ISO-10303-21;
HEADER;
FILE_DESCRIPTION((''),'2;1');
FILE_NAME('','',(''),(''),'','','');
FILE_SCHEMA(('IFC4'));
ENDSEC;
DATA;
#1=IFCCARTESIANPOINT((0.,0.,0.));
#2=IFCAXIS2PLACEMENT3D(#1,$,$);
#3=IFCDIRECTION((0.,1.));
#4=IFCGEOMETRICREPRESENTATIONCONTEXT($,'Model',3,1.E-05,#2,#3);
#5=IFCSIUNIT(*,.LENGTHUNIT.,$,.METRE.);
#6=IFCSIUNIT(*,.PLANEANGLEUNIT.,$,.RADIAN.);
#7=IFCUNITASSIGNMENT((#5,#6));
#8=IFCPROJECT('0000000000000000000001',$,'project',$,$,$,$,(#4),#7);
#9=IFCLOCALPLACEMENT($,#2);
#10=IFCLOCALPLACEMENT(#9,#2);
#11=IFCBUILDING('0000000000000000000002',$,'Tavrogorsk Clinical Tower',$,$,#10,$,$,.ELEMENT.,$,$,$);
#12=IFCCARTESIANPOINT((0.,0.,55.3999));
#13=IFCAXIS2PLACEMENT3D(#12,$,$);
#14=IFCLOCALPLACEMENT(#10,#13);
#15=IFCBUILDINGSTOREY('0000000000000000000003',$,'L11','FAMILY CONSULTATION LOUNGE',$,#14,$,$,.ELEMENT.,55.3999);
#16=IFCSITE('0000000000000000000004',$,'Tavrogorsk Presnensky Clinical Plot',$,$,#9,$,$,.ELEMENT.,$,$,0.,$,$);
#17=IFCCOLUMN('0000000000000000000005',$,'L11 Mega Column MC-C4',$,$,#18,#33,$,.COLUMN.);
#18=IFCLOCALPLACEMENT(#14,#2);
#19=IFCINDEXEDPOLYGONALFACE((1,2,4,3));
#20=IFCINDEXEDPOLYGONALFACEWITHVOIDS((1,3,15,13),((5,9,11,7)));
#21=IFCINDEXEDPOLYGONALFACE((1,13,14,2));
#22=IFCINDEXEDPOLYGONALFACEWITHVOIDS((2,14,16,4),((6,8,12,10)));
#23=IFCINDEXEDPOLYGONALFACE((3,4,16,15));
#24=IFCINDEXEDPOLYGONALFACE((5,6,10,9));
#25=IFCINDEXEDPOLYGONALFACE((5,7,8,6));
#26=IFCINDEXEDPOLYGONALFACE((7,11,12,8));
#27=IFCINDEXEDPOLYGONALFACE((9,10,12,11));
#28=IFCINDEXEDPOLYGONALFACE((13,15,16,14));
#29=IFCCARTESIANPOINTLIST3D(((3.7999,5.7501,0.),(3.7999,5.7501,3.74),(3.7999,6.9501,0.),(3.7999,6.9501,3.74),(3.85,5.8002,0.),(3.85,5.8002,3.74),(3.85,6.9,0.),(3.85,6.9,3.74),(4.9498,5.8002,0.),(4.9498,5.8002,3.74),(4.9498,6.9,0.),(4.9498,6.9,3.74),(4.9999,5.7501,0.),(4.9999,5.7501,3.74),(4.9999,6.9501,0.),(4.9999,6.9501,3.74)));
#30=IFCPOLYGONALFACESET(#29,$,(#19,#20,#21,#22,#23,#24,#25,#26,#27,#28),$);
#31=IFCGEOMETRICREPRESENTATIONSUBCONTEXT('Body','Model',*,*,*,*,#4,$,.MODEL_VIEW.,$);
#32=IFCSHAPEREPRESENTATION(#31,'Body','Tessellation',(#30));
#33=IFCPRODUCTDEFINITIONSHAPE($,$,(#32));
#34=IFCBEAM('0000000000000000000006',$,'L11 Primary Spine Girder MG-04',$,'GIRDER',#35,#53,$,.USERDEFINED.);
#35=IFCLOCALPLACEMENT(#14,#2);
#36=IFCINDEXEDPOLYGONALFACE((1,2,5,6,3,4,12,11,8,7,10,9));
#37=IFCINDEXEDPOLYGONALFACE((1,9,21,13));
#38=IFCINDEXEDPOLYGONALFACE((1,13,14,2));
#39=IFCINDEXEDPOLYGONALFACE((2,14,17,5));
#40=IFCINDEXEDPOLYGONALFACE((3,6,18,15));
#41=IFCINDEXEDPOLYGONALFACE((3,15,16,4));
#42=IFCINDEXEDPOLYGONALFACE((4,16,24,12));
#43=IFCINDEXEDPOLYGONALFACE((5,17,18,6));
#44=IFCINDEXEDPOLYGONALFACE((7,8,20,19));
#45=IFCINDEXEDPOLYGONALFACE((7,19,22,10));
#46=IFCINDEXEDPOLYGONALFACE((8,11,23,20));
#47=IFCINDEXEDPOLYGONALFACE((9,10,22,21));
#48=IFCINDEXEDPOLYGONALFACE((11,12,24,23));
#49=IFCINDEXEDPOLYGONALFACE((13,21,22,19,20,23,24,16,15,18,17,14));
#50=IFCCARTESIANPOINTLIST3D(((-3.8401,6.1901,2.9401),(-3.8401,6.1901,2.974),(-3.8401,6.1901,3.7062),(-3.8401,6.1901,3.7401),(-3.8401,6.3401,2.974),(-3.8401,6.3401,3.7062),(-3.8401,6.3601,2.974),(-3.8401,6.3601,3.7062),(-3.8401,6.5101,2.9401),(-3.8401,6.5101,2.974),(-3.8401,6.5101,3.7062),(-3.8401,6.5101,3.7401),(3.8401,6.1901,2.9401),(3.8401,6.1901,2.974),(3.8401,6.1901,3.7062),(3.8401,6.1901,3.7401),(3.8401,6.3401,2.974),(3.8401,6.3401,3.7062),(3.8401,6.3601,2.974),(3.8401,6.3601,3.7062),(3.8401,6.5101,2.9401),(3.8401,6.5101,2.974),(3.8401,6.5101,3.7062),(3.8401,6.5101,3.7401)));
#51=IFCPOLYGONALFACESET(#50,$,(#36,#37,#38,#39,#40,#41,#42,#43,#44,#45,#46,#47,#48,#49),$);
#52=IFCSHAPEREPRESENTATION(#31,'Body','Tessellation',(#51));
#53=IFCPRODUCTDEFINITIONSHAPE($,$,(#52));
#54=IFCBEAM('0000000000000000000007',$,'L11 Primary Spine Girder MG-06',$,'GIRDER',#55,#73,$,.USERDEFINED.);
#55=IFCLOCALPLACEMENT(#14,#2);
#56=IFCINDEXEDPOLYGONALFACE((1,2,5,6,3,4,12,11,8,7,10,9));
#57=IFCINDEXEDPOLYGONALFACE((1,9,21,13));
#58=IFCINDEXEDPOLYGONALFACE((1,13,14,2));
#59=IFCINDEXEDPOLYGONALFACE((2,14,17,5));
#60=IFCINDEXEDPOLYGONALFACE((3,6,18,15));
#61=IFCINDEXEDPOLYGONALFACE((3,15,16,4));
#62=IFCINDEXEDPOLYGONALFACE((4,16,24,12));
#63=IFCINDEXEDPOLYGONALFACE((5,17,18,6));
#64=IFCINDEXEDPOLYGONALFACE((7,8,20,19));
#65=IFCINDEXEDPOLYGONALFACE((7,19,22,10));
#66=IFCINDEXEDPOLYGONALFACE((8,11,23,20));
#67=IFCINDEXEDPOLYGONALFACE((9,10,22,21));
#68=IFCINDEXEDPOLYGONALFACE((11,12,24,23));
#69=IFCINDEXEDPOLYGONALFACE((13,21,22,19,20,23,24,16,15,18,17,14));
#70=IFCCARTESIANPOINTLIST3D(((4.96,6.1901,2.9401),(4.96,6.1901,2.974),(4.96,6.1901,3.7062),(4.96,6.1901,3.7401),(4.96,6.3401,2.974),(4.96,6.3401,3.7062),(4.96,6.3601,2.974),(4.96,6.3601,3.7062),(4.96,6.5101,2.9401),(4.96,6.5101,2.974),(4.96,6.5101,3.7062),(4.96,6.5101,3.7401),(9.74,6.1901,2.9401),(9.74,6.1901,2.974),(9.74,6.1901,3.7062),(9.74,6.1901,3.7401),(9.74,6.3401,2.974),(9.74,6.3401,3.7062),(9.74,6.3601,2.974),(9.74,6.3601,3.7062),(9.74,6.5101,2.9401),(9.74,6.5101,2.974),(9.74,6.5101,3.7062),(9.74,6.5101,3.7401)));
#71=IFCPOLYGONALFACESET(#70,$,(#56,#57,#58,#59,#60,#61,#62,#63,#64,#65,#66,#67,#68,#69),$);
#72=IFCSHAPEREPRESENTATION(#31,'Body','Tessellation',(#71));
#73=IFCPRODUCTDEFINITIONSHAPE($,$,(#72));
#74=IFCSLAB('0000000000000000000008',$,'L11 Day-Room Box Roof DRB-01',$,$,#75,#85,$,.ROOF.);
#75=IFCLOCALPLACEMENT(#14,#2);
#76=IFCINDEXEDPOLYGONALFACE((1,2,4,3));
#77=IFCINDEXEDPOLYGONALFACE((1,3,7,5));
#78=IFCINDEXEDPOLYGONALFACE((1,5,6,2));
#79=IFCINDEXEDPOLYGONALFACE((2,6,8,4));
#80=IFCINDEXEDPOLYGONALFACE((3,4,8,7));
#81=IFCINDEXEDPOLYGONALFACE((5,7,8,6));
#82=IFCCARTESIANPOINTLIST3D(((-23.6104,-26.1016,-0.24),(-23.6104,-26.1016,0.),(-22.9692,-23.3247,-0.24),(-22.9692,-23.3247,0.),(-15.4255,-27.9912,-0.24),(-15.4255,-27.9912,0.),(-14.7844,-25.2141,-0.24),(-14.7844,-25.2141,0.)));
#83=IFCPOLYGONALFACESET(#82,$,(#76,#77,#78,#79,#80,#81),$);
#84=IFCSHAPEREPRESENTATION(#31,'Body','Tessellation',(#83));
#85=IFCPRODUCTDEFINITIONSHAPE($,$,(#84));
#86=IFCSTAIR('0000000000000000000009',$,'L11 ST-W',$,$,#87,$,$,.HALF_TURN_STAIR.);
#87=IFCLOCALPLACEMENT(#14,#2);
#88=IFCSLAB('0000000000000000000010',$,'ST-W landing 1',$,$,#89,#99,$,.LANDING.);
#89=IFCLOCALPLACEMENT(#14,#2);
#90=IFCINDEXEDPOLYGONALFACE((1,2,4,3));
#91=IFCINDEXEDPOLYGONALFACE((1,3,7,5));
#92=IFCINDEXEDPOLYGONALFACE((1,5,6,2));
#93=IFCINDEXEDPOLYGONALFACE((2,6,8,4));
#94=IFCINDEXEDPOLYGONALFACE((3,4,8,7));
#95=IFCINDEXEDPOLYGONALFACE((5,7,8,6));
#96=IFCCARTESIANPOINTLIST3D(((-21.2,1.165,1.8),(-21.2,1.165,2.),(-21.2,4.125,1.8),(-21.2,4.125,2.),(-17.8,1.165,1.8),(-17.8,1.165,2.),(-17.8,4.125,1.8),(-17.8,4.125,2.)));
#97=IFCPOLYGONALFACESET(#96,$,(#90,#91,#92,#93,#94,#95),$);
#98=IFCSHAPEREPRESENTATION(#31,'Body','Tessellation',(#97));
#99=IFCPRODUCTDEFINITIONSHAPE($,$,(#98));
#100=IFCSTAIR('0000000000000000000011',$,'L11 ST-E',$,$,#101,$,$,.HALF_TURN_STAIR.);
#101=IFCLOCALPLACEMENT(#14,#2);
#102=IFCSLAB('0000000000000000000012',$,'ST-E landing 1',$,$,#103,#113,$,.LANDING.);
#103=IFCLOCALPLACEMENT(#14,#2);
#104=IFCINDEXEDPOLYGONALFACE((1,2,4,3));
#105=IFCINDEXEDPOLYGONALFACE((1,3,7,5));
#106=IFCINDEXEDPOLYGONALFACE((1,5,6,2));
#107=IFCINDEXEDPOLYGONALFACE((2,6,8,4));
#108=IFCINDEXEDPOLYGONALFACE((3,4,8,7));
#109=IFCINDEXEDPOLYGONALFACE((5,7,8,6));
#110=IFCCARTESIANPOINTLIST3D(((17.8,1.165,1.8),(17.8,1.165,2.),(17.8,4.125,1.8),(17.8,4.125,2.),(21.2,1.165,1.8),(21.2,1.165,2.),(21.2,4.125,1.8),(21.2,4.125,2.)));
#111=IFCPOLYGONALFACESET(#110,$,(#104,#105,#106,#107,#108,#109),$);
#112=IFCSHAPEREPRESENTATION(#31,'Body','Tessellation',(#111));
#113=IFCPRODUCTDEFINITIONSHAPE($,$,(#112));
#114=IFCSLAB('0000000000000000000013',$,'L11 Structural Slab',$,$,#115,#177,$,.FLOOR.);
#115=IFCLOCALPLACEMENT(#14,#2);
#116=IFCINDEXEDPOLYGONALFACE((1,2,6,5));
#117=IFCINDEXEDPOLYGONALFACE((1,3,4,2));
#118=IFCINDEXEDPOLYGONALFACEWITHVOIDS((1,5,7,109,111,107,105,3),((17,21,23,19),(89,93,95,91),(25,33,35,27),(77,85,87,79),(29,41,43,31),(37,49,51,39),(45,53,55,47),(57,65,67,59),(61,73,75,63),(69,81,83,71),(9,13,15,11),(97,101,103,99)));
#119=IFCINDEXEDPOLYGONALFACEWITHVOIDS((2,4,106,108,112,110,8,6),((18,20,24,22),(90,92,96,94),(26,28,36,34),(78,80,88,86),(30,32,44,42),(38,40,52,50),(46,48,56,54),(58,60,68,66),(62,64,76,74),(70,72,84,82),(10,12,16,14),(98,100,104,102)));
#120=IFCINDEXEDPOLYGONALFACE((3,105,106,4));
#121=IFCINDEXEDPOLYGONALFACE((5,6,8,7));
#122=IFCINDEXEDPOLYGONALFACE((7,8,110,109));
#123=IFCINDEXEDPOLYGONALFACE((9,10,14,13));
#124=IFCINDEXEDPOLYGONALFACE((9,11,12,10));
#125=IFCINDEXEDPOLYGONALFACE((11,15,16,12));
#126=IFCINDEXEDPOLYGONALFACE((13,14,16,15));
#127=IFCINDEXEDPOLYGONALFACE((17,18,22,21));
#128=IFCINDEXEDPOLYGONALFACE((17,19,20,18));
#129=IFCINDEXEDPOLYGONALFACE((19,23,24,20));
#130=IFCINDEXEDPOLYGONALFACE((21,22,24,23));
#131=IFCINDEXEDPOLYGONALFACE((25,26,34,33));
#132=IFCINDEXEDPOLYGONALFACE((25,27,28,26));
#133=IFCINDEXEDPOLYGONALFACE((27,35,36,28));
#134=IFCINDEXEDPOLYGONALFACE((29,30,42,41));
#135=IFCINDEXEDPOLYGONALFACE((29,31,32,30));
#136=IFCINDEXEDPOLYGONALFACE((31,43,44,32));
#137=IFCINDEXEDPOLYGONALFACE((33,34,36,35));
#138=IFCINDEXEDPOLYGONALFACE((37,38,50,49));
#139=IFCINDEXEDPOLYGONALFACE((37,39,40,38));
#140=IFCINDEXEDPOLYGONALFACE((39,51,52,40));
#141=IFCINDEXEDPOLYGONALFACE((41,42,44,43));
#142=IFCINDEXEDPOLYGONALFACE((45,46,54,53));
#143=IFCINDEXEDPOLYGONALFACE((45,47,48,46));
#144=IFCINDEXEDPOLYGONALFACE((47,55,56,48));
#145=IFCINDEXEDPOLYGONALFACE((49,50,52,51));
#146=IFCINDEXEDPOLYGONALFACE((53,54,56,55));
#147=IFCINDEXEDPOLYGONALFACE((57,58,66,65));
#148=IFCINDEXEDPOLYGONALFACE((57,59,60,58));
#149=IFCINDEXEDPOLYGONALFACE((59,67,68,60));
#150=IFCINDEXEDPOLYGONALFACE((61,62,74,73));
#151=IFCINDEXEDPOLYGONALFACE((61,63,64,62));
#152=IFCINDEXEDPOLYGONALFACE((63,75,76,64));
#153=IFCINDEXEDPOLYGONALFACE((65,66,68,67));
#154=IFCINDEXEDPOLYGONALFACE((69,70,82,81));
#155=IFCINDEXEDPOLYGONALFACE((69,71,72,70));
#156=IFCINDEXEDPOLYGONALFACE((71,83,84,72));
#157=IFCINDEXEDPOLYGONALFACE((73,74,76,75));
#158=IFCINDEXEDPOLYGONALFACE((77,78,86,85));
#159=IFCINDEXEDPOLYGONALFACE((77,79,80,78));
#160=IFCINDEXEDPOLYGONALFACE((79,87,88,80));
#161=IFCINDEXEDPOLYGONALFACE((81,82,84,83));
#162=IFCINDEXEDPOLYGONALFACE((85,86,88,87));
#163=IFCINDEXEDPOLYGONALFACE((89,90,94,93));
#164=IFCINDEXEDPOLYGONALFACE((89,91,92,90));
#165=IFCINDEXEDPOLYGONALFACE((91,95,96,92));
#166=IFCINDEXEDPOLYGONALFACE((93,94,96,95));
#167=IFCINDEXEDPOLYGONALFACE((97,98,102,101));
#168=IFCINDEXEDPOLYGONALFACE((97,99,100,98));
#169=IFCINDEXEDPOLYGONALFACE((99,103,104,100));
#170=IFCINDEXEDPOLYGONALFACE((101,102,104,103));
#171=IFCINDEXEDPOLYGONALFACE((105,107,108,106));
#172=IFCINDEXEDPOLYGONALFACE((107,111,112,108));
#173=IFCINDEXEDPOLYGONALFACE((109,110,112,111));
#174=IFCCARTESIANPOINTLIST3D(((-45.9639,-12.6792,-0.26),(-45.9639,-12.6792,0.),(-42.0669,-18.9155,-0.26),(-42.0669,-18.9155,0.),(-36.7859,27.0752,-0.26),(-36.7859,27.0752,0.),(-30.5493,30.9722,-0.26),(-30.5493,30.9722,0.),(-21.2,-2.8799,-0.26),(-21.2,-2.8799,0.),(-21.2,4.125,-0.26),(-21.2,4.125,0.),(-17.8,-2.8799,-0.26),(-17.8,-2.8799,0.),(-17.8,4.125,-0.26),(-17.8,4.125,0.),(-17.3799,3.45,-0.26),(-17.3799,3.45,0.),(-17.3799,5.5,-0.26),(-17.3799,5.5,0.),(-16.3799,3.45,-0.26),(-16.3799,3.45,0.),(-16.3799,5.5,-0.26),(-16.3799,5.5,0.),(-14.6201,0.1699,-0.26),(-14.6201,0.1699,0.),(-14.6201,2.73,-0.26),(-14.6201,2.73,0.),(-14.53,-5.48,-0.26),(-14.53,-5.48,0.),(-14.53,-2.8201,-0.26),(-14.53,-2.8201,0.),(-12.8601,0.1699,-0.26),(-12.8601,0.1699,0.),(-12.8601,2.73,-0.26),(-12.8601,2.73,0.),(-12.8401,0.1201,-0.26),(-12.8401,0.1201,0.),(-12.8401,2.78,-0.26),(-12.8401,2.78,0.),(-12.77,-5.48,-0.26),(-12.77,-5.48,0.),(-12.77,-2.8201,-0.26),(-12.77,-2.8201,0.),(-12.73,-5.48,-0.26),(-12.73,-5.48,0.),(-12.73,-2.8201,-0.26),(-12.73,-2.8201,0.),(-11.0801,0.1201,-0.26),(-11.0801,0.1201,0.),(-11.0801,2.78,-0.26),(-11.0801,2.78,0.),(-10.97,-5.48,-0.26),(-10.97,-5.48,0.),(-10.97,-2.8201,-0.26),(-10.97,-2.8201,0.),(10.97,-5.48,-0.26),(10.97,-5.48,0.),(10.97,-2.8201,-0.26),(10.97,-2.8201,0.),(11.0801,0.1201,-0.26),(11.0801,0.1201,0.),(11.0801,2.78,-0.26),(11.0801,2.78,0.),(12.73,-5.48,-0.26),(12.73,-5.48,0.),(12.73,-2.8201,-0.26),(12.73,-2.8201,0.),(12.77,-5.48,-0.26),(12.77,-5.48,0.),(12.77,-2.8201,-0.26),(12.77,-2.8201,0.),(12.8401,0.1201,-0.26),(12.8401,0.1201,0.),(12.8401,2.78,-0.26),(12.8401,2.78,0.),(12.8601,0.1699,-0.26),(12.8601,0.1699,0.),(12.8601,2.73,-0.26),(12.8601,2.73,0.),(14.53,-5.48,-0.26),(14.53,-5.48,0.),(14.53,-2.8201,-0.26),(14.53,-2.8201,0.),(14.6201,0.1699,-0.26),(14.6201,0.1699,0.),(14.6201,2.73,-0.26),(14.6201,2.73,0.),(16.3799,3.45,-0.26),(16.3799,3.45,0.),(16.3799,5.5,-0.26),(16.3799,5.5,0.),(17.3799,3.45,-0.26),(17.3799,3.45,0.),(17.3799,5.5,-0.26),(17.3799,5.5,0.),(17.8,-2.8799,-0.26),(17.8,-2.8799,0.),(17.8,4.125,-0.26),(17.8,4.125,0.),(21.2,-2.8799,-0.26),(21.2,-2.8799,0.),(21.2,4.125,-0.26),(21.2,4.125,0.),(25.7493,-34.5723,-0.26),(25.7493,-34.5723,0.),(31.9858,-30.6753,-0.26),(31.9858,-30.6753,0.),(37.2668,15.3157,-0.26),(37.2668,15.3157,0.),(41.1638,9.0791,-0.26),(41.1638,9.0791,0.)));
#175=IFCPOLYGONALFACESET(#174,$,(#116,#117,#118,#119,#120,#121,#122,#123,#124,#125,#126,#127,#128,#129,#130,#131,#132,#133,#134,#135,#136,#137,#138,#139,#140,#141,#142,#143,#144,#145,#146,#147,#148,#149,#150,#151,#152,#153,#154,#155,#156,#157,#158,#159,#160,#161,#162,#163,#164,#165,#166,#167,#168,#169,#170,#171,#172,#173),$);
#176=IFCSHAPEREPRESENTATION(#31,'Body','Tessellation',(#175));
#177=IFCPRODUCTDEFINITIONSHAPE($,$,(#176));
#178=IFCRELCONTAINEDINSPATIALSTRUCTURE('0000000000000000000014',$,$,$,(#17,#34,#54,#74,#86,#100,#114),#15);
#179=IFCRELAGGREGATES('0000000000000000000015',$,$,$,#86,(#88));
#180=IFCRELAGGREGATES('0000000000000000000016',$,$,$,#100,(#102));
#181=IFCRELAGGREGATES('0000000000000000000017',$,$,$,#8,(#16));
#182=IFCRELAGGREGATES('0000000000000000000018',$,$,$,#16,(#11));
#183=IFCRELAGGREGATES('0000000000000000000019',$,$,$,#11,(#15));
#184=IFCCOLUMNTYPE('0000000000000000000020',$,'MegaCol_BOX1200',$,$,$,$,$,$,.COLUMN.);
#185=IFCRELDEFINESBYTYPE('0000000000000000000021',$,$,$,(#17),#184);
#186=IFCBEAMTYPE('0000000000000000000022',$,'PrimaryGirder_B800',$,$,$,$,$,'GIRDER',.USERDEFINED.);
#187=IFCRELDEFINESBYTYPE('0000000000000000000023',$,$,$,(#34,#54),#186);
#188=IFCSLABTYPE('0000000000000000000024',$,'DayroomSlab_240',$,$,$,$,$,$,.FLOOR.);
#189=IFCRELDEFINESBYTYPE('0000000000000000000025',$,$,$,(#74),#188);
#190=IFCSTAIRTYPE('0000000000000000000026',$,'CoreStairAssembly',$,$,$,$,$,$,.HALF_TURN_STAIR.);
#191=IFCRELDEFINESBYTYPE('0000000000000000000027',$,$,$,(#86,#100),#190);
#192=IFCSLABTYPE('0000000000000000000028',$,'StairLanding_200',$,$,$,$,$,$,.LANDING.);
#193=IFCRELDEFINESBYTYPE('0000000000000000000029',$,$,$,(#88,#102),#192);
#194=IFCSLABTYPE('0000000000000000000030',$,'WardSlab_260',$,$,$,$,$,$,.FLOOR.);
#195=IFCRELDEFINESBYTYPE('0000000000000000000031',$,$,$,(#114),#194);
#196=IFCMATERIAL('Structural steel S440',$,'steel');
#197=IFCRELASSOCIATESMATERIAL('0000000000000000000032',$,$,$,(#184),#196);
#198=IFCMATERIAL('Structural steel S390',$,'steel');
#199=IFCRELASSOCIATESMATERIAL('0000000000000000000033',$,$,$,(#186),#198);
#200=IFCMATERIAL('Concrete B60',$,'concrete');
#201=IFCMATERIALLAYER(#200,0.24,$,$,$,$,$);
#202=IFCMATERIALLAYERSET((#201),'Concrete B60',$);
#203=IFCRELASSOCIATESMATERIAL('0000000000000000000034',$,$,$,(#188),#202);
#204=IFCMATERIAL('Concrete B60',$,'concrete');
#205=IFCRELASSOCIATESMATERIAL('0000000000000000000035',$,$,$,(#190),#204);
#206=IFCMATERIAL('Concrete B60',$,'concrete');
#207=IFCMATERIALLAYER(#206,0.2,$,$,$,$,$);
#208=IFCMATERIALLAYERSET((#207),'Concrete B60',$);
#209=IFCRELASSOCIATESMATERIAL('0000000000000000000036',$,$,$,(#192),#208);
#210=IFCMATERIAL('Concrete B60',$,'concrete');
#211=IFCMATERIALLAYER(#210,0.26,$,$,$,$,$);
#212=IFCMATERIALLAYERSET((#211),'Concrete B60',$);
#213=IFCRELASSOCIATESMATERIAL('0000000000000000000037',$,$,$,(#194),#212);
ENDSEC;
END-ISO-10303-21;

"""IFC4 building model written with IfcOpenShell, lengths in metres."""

from ifc_helpers import new_model, si_unit, direction, frame, origin, origin_2d, place, context, subcontext, project, spatial, polyline, hollow_rectangle, i_section, outline, extrude, material, layer, layer_set, material_profile, profile_set, type_object, element, aggregate, save


model = new_model("IFC4")

# Units and contexts
model_context = context("Model", 3, precision=1e-05, world=origin(), true_north=direction((0.0, 1.0)))
body_context = subcontext(model_context, "Body", "Model", "MODEL_VIEW")
ifc_project = project(units=[si_unit("LENGTHUNIT", "METRE"), si_unit("PLANEANGLEUNIT", "RADIAN")], contexts=[model_context])

# Site, building, storey
site_placement = place(None, origin())
site = spatial("IfcSite", under=ifc_project, at=site_placement, Name="Tavrogorsk Presnensky Clinical Plot", CompositionType="ELEMENT", RefElevation=0.0)
building_placement = place(site_placement, origin())
building = spatial("IfcBuilding", under=site, at=building_placement, Name="Tavrogorsk Clinical Tower", CompositionType="ELEMENT")
storey_placement = place(building_placement, frame((0.0, 0.0, 55.3999)))
storey = spatial("IfcBuildingStorey", under=building, at=storey_placement, Name="L11", Description="FAMILY CONSULTATION LOUNGE", CompositionType="ELEMENT", Elevation=55.3999)

# Column
ifc_material_1 = material(Name="Structural steel S440", Category="steel")
ifc_material_profile_1 = material_profile(ifc_material_1, hollow_rectangle(XDim=1.2, YDim=1.2, WallThickness=0.05, at=origin_2d()), Name="BOX-1200x1200x50")
ifc_profile_set_1 = profile_set([ifc_material_profile_1], Name="Structural steel S440")
column_type = type_object("IfcColumnType", Name="MegaCol_BOX1200", PredefinedType="COLUMN", material=ifc_profile_set_1)
column_placement = place(storey_placement, frame((4.3999, 6.3501, 0.0), z_axis=(0.0, 0.0, 1.0), x_axis=(1.0, 0.0, 0.0)))
element("IfcColumn", 1, at=column_placement, inside=storey, type_object=column_type, Name="L11 Mega Column MC-C4", PredefinedType="COLUMN", context=body_context, shape_type="SweptSolid", body=[
    extrude(hollow_rectangle(XDim=1.2, YDim=1.2, WallThickness=0.05, at=origin_2d()), origin(), (0.0, 0.0, 1.0), 3.74),
])

# Beams
ifc_material_2 = material(Name="Structural steel S390", Category="steel")
ifc_material_profile_2 = material_profile(ifc_material_2, i_section(OverallWidth=0.3201, OverallDepth=0.8, WebThickness=0.02, FlangeThickness=0.0339, at=origin_2d()), Name="B-800x320x20x34")
ifc_profile_set_2 = profile_set([ifc_material_profile_2], Name="Structural steel S390")
beam_type = type_object("IfcBeamType", Name="PrimaryGirder_B800", ElementType="GIRDER", PredefinedType="USERDEFINED", material=ifc_profile_set_2)
beam_1_placement = place(storey_placement, frame((-3.8401, 6.3501, 3.3401), z_axis=(1.0, 0.0, 0.0), x_axis=(0.0, 1.0, 0.0)))
element("IfcBeam", 2, at=beam_1_placement, inside=storey, type_object=beam_type, Name="L11 Primary Spine Girder MG-04", ObjectType="GIRDER", PredefinedType="USERDEFINED", context=body_context, shape_type="SweptSolid", body=[
    extrude(i_section(OverallWidth=0.3201, OverallDepth=0.8, WebThickness=0.02, FlangeThickness=0.0339, at=origin_2d()), origin(), (0.0, 0.0, 1.0), 7.6802),
])
beam_2_placement = place(storey_placement, frame((4.96, 6.3501, 3.3401), z_axis=(1.0, 0.0, 0.0), x_axis=(0.0, 1.0, 0.0)))
element("IfcBeam", 3, at=beam_2_placement, inside=storey, type_object=beam_type, Name="L11 Primary Spine Girder MG-06", ObjectType="GIRDER", PredefinedType="USERDEFINED", context=body_context, shape_type="SweptSolid", body=[
    extrude(i_section(OverallWidth=0.3201, OverallDepth=0.8, WebThickness=0.02, FlangeThickness=0.0339, at=origin_2d()), origin(), (0.0, 0.0, 1.0), 4.78),
])

# Slab
ifc_material_3 = material(Name="Concrete B60", Category="concrete")
ifc_layer_1 = layer(ifc_material_3, 0.24)
ifc_layer_set_1 = layer_set([ifc_layer_1], Name="Concrete B60")
slab_type_1 = type_object("IfcSlabType", Name="DayroomSlab_240", PredefinedType="FLOOR", material=ifc_layer_set_1)
slab_1_placement = place(storey_placement, frame((0.0, 0.0, -0.24)))
element("IfcSlab", 4, at=slab_1_placement, inside=storey, type_object=slab_type_1, Name="L11 Day-Room Box Roof DRB-01", PredefinedType="ROOF", context=body_context, shape_type="SweptSolid", body=[
    extrude(outline(polyline([(-15.4255, -27.9912), (-23.6104, -26.1016), (-22.9692, -23.3247), (-14.7844, -25.2141), (-15.4255, -27.9912)])), origin(), (0.0, 0.0, 1.0), 0.24),
])

# Stairs, slabs
ifc_material_4 = material(Name="Concrete B60", Category="concrete")
stair_type = type_object("IfcStairType", Name="CoreStairAssembly", PredefinedType="HALF_TURN_STAIR", material=ifc_material_4)
stair_1_placement = place(storey_placement, origin())
stair_1 = element("IfcStair", 5, at=stair_1_placement, inside=storey, type_object=stair_type, Name="L11 ST-W", PredefinedType="HALF_TURN_STAIR")
ifc_material_5 = material(Name="Concrete B60", Category="concrete")
ifc_layer_2 = layer(ifc_material_5, 0.2)
ifc_layer_set_2 = layer_set([ifc_layer_2], Name="Concrete B60")
slab_type_2 = type_object("IfcSlabType", Name="StairLanding_200", PredefinedType="LANDING", material=ifc_layer_set_2)
slab_2_placement = place(storey_placement, frame((0.0, 0.0, 1.8)))
slab_2 = element("IfcSlab", 6, at=slab_2_placement, type_object=slab_type_2, Name="ST-W landing 1", PredefinedType="LANDING", context=body_context, shape_type="SweptSolid", body=[
    extrude(outline(polyline([(-17.8, 1.165), (-17.8, 4.125), (-21.2, 4.125), (-21.2, 1.165), (-17.8, 1.165)])), origin(), (0.0, 0.0, 1.0), 0.2),
])
aggregate(stair_1, [slab_2])
stair_2_placement = place(storey_placement, origin())
stair_2 = element("IfcStair", 7, at=stair_2_placement, inside=storey, type_object=stair_type, Name="L11 ST-E", PredefinedType="HALF_TURN_STAIR")
slab_3_placement = place(storey_placement, frame((0.0, 0.0, 1.8)))
slab_3 = element("IfcSlab", 8, at=slab_3_placement, type_object=slab_type_2, Name="ST-E landing 1", PredefinedType="LANDING", context=body_context, shape_type="SweptSolid", body=[
    extrude(outline(polyline([(21.2, 1.165), (21.2, 4.125), (17.8, 4.125), (17.8, 1.165), (21.2, 1.165)])), origin(), (0.0, 0.0, 1.0), 0.2),
])
aggregate(stair_2, [slab_3])

# Slab
ifc_material_6 = material(Name="Concrete B60", Category="concrete")
ifc_layer_3 = layer(ifc_material_6, 0.26)
ifc_layer_set_3 = layer_set([ifc_layer_3], Name="Concrete B60")
slab_type_3 = type_object("IfcSlabType", Name="WardSlab_260", PredefinedType="FLOOR", material=ifc_layer_set_3)
slab_4_placement = place(storey_placement, frame((0.0, 0.0, -0.26)))
element("IfcSlab", 9, at=slab_4_placement, inside=storey, type_object=slab_type_3, Name="L11 Structural Slab", PredefinedType="FLOOR", context=body_context, shape_type="SweptSolid", body=[
    extrude(outline(polyline([(-42.0669, -18.9155), (25.7493, -34.5723), (31.9858, -30.6753), (41.1638, 9.0791), (37.2668, 15.3157), (-30.5493, 30.9722), (-36.7859, 27.0752), (-45.9639, -12.6792), (-42.0669, -18.9155)]), holes=[polyline([(-17.8, -2.8799), (-17.8, 4.125), (-21.2, 4.125), (-21.2, -2.8799), (-17.8, -2.8799)]), polyline([(21.2, -2.8799), (21.2, 4.125), (17.8, 4.125), (17.8, -2.8799), (21.2, -2.8799)]), polyline([(-14.6201, 0.1699), (-12.8601, 0.1699), (-12.8601, 2.73), (-14.6201, 2.73), (-14.6201, 0.1699)]), polyline([(-14.53, -5.48), (-12.77, -5.48), (-12.77, -2.8201), (-14.53, -2.8201), (-14.53, -5.48)]), polyline([(-12.73, -5.48), (-10.97, -5.48), (-10.97, -2.8201), (-12.73, -2.8201), (-12.73, -5.48)]), polyline([(-12.8401, 0.1201), (-11.0801, 0.1201), (-11.0801, 2.78), (-12.8401, 2.78), (-12.8401, 0.1201)]), polyline([(12.8601, 0.1699), (14.6201, 0.1699), (14.6201, 2.73), (12.8601, 2.73), (12.8601, 0.1699)]), polyline([(12.77, -5.48), (14.53, -5.48), (14.53, -2.8201), (12.77, -2.8201), (12.77, -5.48)]), polyline([(10.97, -5.48), (12.73, -5.48), (12.73, -2.8201), (10.97, -2.8201), (10.97, -5.48)]), polyline([(11.0801, 0.1201), (12.8401, 0.1201), (12.8401, 2.78), (11.0801, 2.78), (11.0801, 0.1201)]), polyline([(-17.3799, 3.45), (-16.3799, 3.45), (-16.3799, 5.5), (-17.3799, 5.5), (-17.3799, 3.45)]), polyline([(16.3799, 3.45), (17.3799, 3.45), (17.3799, 5.5), (16.3799, 5.5), (16.3799, 3.45)])]), origin(), (0.0, 0.0, 1.0), 0.26),
])

save(model, "model.ifc")
